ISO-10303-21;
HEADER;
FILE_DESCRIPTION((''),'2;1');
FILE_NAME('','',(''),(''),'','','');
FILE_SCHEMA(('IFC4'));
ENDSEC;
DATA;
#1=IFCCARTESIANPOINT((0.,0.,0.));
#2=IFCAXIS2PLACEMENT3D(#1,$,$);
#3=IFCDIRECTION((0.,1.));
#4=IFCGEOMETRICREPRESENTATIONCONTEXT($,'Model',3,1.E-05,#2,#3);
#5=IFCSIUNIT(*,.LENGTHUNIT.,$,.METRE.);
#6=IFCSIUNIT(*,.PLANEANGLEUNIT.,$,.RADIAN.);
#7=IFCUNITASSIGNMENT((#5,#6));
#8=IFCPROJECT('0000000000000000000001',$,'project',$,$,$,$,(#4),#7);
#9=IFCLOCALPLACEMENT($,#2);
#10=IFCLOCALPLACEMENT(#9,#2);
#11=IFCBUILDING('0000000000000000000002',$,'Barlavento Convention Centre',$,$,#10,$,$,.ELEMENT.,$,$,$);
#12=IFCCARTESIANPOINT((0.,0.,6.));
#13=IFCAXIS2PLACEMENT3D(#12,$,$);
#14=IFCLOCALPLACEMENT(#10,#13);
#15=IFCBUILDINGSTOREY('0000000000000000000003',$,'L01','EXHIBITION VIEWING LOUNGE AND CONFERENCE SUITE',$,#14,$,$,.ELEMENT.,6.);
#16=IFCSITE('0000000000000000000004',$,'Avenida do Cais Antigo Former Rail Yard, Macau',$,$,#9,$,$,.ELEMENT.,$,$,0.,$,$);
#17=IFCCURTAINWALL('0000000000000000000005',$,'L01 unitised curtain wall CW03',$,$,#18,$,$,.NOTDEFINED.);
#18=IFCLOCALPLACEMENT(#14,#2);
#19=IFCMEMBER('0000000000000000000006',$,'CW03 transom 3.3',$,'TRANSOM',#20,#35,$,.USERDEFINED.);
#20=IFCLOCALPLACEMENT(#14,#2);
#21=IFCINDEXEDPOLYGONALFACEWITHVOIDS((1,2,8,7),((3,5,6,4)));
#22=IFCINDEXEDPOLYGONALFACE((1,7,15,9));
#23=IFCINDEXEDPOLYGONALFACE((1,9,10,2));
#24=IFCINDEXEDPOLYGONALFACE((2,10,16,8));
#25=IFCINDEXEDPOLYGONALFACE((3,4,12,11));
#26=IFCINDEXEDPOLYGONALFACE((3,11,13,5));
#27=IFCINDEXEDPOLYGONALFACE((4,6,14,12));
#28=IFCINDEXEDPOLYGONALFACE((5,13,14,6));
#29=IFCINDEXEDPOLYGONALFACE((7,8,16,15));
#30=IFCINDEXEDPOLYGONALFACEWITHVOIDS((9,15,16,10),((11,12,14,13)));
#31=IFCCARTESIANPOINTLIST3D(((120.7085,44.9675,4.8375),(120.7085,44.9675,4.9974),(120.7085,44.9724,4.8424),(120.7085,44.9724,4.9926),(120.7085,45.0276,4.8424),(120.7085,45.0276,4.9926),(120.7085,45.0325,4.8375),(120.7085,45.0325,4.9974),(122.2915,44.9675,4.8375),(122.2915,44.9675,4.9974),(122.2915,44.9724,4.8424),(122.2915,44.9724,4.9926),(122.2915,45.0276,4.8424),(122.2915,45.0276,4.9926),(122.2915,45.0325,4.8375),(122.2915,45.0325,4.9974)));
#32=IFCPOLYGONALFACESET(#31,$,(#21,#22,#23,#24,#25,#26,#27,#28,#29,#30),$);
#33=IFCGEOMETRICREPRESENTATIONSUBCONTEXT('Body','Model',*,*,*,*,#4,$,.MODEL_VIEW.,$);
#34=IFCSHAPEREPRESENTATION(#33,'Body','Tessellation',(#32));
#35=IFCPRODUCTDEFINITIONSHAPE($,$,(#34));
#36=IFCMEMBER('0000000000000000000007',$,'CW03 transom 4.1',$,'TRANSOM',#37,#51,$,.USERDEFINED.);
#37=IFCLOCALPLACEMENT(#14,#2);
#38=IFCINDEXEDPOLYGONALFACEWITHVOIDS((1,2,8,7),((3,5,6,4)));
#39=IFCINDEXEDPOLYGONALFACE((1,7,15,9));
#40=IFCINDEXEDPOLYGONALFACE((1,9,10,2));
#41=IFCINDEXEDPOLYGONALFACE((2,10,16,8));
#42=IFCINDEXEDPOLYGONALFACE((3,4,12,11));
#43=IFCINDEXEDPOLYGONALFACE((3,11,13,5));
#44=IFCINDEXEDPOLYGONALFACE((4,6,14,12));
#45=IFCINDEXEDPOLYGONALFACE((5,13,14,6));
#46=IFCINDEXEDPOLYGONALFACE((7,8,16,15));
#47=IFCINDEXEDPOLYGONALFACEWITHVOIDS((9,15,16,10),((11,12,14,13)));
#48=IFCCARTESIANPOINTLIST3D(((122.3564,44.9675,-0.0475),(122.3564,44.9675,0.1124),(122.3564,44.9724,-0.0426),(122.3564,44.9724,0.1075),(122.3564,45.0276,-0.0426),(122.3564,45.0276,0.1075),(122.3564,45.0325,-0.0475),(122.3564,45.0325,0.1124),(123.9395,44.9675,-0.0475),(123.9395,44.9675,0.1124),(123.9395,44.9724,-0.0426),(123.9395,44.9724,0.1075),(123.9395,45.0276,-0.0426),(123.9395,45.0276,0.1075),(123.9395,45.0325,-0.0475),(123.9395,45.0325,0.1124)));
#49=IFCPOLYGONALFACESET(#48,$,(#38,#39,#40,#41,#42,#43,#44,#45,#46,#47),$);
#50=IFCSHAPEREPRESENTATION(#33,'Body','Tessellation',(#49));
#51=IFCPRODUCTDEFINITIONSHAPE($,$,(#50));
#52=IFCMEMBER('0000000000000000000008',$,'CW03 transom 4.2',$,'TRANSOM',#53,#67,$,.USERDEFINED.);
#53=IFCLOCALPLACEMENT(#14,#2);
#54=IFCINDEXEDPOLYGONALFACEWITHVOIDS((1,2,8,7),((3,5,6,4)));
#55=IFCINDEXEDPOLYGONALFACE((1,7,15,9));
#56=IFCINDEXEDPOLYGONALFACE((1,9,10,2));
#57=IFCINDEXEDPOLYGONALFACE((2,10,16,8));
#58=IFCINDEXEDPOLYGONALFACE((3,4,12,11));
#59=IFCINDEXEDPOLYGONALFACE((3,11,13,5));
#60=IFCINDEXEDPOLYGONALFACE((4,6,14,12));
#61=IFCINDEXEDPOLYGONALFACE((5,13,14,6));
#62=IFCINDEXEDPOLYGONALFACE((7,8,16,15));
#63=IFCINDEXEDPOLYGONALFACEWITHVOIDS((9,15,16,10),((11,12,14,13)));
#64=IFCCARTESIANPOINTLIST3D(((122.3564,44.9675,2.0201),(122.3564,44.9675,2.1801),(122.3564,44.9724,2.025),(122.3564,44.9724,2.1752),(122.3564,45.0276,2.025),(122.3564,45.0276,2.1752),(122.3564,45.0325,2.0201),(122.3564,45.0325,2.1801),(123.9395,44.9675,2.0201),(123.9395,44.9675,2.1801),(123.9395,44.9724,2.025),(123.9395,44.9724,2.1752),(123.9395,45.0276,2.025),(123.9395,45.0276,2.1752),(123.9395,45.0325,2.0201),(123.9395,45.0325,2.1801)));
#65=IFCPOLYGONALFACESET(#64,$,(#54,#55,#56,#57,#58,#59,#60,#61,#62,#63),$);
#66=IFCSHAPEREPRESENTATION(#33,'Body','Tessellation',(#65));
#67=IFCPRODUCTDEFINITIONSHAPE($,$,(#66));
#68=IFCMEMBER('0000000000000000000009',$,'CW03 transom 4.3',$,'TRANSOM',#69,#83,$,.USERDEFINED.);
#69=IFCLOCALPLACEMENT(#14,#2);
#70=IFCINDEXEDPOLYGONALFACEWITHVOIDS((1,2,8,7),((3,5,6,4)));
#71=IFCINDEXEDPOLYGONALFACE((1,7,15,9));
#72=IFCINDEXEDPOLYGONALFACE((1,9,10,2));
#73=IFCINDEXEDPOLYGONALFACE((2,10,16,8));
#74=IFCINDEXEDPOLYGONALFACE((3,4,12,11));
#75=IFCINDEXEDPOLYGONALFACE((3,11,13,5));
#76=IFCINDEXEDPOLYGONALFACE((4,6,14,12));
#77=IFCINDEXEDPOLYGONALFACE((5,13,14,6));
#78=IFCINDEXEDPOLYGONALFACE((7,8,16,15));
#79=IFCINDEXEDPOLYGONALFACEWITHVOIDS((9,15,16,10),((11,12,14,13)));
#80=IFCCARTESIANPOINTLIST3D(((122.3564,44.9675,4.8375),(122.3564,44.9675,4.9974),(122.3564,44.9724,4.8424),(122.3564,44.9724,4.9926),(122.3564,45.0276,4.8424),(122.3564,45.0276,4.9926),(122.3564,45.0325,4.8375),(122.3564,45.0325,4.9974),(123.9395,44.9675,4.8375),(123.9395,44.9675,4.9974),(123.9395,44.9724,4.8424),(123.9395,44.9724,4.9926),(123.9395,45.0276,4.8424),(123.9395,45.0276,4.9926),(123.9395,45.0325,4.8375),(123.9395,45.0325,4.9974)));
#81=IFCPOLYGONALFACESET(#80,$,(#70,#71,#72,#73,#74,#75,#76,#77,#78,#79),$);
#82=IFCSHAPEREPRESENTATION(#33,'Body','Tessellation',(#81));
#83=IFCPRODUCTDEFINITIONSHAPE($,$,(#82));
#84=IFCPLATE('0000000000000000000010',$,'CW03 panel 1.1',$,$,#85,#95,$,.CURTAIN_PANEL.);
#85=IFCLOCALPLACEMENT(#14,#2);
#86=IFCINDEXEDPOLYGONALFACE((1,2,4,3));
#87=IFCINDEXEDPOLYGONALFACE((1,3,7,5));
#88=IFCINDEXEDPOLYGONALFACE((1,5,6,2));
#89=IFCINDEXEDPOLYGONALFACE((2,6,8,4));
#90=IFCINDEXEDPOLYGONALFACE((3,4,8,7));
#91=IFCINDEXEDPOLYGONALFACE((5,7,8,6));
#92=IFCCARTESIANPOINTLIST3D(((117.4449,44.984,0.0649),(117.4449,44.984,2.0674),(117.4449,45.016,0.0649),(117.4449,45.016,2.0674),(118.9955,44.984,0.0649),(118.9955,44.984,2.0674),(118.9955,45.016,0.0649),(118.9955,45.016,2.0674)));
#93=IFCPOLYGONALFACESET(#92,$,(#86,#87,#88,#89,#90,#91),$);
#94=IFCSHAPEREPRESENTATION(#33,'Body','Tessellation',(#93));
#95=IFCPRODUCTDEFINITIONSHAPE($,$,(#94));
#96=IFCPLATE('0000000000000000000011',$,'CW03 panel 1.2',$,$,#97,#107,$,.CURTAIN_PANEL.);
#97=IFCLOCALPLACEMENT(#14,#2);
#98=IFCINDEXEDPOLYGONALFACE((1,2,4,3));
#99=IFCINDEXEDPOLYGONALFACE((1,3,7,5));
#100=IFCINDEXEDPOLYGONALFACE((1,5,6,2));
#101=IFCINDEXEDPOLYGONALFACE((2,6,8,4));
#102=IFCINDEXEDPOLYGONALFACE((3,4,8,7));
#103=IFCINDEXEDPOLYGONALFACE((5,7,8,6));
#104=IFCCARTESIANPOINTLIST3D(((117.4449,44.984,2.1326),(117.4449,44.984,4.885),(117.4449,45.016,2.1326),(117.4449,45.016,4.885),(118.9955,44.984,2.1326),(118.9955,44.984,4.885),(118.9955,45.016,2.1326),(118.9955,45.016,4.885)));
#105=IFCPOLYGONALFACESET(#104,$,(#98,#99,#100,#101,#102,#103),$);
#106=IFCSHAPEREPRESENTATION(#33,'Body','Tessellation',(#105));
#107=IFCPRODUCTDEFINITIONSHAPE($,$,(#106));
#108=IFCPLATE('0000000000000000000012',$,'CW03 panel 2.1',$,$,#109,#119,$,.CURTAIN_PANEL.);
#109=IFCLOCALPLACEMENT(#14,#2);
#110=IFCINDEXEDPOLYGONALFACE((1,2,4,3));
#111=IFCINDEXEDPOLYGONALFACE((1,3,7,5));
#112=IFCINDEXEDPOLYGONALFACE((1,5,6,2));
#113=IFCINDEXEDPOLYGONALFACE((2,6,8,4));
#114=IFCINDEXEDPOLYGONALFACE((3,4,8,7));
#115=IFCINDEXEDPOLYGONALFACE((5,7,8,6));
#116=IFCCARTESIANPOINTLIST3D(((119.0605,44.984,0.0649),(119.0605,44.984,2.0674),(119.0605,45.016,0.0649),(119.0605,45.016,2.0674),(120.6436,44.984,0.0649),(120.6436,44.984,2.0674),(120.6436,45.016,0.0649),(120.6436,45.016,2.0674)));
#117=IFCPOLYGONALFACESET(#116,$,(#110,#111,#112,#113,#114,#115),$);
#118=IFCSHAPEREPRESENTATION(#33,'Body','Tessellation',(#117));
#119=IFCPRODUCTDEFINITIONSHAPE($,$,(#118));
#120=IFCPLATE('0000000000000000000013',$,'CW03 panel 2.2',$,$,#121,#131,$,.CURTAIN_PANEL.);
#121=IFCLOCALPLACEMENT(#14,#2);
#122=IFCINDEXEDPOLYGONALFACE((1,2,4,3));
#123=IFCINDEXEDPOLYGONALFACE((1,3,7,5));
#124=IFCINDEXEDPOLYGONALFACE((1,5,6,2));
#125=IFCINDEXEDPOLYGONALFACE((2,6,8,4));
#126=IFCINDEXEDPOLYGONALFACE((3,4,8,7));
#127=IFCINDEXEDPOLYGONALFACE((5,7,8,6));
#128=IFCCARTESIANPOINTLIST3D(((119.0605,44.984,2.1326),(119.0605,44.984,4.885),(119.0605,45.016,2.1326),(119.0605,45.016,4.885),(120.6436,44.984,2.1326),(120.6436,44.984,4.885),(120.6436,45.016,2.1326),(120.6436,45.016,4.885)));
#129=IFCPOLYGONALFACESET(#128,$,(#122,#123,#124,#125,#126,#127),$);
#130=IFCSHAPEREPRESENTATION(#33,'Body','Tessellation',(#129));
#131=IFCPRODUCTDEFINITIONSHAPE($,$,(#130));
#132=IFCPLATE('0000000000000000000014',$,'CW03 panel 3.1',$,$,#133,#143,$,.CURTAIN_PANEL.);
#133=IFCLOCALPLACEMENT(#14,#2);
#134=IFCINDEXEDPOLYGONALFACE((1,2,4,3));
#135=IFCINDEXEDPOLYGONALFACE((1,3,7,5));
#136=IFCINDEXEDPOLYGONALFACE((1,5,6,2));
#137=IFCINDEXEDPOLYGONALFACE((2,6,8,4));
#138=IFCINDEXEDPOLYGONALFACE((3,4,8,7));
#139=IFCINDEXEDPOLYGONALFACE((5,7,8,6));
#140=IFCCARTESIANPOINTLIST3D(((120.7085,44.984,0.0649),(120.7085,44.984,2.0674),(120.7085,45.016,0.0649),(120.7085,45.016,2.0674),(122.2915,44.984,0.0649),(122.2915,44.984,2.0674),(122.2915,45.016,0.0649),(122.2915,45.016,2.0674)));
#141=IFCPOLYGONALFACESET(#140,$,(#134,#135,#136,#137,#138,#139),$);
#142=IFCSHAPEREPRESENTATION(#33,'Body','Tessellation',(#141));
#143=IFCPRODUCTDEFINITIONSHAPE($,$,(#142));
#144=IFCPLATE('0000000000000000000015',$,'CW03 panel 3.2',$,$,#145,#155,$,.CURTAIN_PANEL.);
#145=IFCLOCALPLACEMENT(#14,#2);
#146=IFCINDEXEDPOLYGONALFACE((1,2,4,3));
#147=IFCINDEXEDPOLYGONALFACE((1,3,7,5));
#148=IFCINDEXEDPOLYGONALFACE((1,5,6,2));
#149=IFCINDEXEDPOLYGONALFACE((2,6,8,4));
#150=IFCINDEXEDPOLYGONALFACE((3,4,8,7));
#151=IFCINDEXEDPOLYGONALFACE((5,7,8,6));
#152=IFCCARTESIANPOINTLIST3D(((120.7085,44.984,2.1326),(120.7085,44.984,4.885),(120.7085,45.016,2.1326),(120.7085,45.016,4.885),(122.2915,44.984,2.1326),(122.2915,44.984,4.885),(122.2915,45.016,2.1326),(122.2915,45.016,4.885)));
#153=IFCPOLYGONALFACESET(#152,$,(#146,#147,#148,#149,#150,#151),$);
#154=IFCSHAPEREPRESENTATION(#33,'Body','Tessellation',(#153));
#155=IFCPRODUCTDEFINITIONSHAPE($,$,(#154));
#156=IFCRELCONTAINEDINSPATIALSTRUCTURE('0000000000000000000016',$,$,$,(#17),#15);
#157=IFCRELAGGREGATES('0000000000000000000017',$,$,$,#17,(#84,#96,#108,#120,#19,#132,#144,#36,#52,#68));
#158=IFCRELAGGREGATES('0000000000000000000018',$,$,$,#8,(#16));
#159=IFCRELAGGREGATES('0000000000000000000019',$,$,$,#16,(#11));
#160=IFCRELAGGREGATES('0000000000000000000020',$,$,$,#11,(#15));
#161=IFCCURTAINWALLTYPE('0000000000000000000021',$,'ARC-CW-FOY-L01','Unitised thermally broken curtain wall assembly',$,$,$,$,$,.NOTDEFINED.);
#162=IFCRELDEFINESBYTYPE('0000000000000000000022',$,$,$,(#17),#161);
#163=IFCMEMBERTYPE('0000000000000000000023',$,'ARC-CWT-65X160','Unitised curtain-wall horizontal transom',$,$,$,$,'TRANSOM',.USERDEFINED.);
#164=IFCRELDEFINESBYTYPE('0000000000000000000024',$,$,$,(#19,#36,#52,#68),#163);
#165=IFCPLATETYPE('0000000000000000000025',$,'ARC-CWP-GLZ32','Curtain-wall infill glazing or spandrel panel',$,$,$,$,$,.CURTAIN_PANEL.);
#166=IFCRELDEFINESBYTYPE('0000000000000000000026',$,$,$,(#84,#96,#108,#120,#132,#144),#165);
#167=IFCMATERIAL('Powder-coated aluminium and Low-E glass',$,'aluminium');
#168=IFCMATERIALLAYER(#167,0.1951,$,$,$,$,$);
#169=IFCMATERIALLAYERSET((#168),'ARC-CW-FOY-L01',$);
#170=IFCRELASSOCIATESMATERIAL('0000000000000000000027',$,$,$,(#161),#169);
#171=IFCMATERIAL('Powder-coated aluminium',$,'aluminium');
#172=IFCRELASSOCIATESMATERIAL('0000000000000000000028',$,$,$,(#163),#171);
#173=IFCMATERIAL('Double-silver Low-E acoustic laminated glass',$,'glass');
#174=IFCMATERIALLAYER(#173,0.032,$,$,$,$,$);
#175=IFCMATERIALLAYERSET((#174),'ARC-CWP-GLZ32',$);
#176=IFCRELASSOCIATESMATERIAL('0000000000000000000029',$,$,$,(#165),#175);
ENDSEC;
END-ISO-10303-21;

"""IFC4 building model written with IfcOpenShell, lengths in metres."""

from ifc_helpers import new_model, si_unit, direction, frame, origin, origin_2d, place, context, subcontext, project, spatial, rectangle, hollow_rectangle, extrude, material, layer, layer_set, material_profile, profile_set, type_object, element, aggregate, save


model = new_model("IFC4")

# Units and contexts
model_context = context("Model", 3, precision=1e-05, world=origin(), true_north=direction((0.0, 1.0)))
body_context = subcontext(model_context, "Body", "Model", "MODEL_VIEW")
ifc_project = project(units=[si_unit("LENGTHUNIT", "METRE"), si_unit("PLANEANGLEUNIT", "RADIAN")], contexts=[model_context])

# Site, building, storey
site_placement = place(None, origin())
site = spatial("IfcSite", under=ifc_project, at=site_placement, Name="Avenida do Cais Antigo Former Rail Yard, Macau", CompositionType="ELEMENT", RefElevation=0.0)
building_placement = place(site_placement, origin())
building = spatial("IfcBuilding", under=site, at=building_placement, Name="Barlavento Convention Centre", CompositionType="ELEMENT")
storey_placement = place(building_placement, frame((0.0, 0.0, 6.0)))
storey = spatial("IfcBuildingStorey", under=building, at=storey_placement, Name="L01", Description="EXHIBITION VIEWING LOUNGE AND CONFERENCE SUITE", CompositionType="ELEMENT", Elevation=6.0)

# Curtain wall, members, plates
ifc_material_1 = material(Name="Powder-coated aluminium and Low-E glass", Category="aluminium")
ifc_layer_1 = layer(ifc_material_1, 0.1951)
ifc_layer_set_1 = layer_set([ifc_layer_1], Name="ARC-CW-FOY-L01")
curtain_wall_type = type_object("IfcCurtainWallType", Name="ARC-CW-FOY-L01", Description="Unitised thermally broken curtain wall assembly", PredefinedType="NOTDEFINED", material=ifc_layer_set_1)
curtain_wall_placement = place(storey_placement, origin())
curtain_wall = element("IfcCurtainWall", 1, at=curtain_wall_placement, inside=storey, type_object=curtain_wall_type, Name="L01 unitised curtain wall CW03", PredefinedType="NOTDEFINED")
ifc_material_2 = material(Name="Powder-coated aluminium", Category="aluminium")
ifc_material_profile_1 = material_profile(ifc_material_2, hollow_rectangle(XDim=0.0649, YDim=0.1599, WallThickness=0.0049, at=origin_2d()), Name="AL-TRAN 65x160x5")
ifc_profile_set_1 = profile_set([ifc_material_profile_1], Name="Powder-coated aluminium")
member_type_1 = type_object("IfcMemberType", Name="ARC-CWT-65X160", Description="Unitised curtain-wall horizontal transom", ElementType="TRANSOM", PredefinedType="USERDEFINED", material=ifc_profile_set_1)
member_1_placement = place(storey_placement, frame((120.7085, 45.0, 4.9175), z_axis=(1.0, 0.0, 0.0), x_axis=(0.0, 1.0, 0.0)))
member_1 = element("IfcMember", 2, at=member_1_placement, type_object=member_type_1, Name="CW03 transom 3.3", ObjectType="TRANSOM", PredefinedType="USERDEFINED", context=body_context, shape_type="SweptSolid", body=[
    extrude(hollow_rectangle(XDim=0.0649, YDim=0.1599, WallThickness=0.0049, at=origin_2d()), origin(), (0.0, 0.0, 1.0), 1.583),
])
member_2_placement = place(storey_placement, frame((122.3564, 45.0, 0.0325), z_axis=(1.0, 0.0, 0.0), x_axis=(0.0, 1.0, 0.0)))
member_2 = element("IfcMember", 3, at=member_2_placement, type_object=member_type_1, Name="CW03 transom 4.1", ObjectType="TRANSOM", PredefinedType="USERDEFINED", context=body_context, shape_type="SweptSolid", body=[
    extrude(hollow_rectangle(XDim=0.0649, YDim=0.1599, WallThickness=0.0049, at=origin_2d()), origin(), (0.0, 0.0, 1.0), 1.583),
])
member_3_placement = place(storey_placement, frame((122.3564, 45.0, 2.1001), z_axis=(1.0, 0.0, 0.0), x_axis=(0.0, 1.0, 0.0)))
member_3 = element("IfcMember", 4, at=member_3_placement, type_object=member_type_1, Name="CW03 transom 4.2", ObjectType="TRANSOM", PredefinedType="USERDEFINED", context=body_context, shape_type="SweptSolid", body=[
    extrude(hollow_rectangle(XDim=0.0649, YDim=0.1599, WallThickness=0.0049, at=origin_2d()), origin(), (0.0, 0.0, 1.0), 1.583),
])
member_4_placement = place(storey_placement, frame((122.3564, 45.0, 4.9175), z_axis=(1.0, 0.0, 0.0), x_axis=(0.0, 1.0, 0.0)))
member_4 = element("IfcMember", 5, at=member_4_placement, type_object=member_type_1, Name="CW03 transom 4.3", ObjectType="TRANSOM", PredefinedType="USERDEFINED", context=body_context, shape_type="SweptSolid", body=[
    extrude(hollow_rectangle(XDim=0.0649, YDim=0.1599, WallThickness=0.0049, at=origin_2d()), origin(), (0.0, 0.0, 1.0), 1.583),
])
ifc_material_3 = material(Name="Double-silver Low-E acoustic laminated glass", Category="glass")
ifc_layer_2 = layer(ifc_material_3, 0.032)
ifc_layer_set_2 = layer_set([ifc_layer_2], Name="ARC-CWP-GLZ32")
plate_type = type_object("IfcPlateType", Name="ARC-CWP-GLZ32", Description="Curtain-wall infill glazing or spandrel panel", PredefinedType="CURTAIN_PANEL", material=ifc_layer_set_2)
plate_1_placement = place(storey_placement, frame((118.2202, 45.0, 0.0649), z_axis=(0.0, 0.0, 1.0), x_axis=(1.0, 0.0, 0.0)))
plate_1 = element("IfcPlate", 6, at=plate_1_placement, type_object=plate_type, Name="CW03 panel 1.1", PredefinedType="CURTAIN_PANEL", context=body_context, shape_type="SweptSolid", body=[
    extrude(rectangle(XDim=1.5505, YDim=0.032, at=origin_2d()), origin(), (0.0, 0.0, 1.0), 2.0024),
])
plate_2_placement = place(storey_placement, frame((118.2202, 45.0, 2.1326), z_axis=(0.0, 0.0, 1.0), x_axis=(1.0, 0.0, 0.0)))
plate_2 = element("IfcPlate", 7, at=plate_2_placement, type_object=plate_type, Name="CW03 panel 1.2", PredefinedType="CURTAIN_PANEL", context=body_context, shape_type="SweptSolid", body=[
    extrude(rectangle(XDim=1.5505, YDim=0.032, at=origin_2d()), origin(), (0.0, 0.0, 1.0), 2.7524),
])
plate_3_placement = place(storey_placement, frame((119.8521, 45.0, 0.0649), z_axis=(0.0, 0.0, 1.0), x_axis=(1.0, 0.0, 0.0)))
plate_3 = element("IfcPlate", 8, at=plate_3_placement, type_object=plate_type, Name="CW03 panel 2.1", PredefinedType="CURTAIN_PANEL", context=body_context, shape_type="SweptSolid", body=[
    extrude(rectangle(XDim=1.583, YDim=0.032, at=origin_2d()), origin(), (0.0, 0.0, 1.0), 2.0024),
])
plate_4_placement = place(storey_placement, frame((119.8521, 45.0, 2.1326), z_axis=(0.0, 0.0, 1.0), x_axis=(1.0, 0.0, 0.0)))
plate_4 = element("IfcPlate", 9, at=plate_4_placement, type_object=plate_type, Name="CW03 panel 2.2", PredefinedType="CURTAIN_PANEL", context=body_context, shape_type="SweptSolid", body=[
    extrude(rectangle(XDim=1.583, YDim=0.032, at=origin_2d()), origin(), (0.0, 0.0, 1.0), 2.7524),
])
plate_5_placement = place(storey_placement, frame((121.5, 45.0, 0.0649), z_axis=(0.0, 0.0, 1.0), x_axis=(1.0, 0.0, 0.0)))
plate_5 = element("IfcPlate", 10, at=plate_5_placement, type_object=plate_type, Name="CW03 panel 3.1", PredefinedType="CURTAIN_PANEL", context=body_context, shape_type="SweptSolid", body=[
    extrude(rectangle(XDim=1.583, YDim=0.032, at=origin_2d()), origin(), (0.0, 0.0, 1.0), 2.0024),
])
plate_6_placement = place(storey_placement, frame((121.5, 45.0, 2.1326), z_axis=(0.0, 0.0, 1.0), x_axis=(1.0, 0.0, 0.0)))
plate_6 = element("IfcPlate", 11, at=plate_6_placement, type_object=plate_type, Name="CW03 panel 3.2", PredefinedType="CURTAIN_PANEL", context=body_context, shape_type="SweptSolid", body=[
    extrude(rectangle(XDim=1.583, YDim=0.032, at=origin_2d()), origin(), (0.0, 0.0, 1.0), 2.7524),
])
aggregate(curtain_wall, [plate_1, plate_2, plate_3, plate_4, member_1, plate_5, plate_6, member_2, member_3, member_4])

save(model, "model.ifc")
